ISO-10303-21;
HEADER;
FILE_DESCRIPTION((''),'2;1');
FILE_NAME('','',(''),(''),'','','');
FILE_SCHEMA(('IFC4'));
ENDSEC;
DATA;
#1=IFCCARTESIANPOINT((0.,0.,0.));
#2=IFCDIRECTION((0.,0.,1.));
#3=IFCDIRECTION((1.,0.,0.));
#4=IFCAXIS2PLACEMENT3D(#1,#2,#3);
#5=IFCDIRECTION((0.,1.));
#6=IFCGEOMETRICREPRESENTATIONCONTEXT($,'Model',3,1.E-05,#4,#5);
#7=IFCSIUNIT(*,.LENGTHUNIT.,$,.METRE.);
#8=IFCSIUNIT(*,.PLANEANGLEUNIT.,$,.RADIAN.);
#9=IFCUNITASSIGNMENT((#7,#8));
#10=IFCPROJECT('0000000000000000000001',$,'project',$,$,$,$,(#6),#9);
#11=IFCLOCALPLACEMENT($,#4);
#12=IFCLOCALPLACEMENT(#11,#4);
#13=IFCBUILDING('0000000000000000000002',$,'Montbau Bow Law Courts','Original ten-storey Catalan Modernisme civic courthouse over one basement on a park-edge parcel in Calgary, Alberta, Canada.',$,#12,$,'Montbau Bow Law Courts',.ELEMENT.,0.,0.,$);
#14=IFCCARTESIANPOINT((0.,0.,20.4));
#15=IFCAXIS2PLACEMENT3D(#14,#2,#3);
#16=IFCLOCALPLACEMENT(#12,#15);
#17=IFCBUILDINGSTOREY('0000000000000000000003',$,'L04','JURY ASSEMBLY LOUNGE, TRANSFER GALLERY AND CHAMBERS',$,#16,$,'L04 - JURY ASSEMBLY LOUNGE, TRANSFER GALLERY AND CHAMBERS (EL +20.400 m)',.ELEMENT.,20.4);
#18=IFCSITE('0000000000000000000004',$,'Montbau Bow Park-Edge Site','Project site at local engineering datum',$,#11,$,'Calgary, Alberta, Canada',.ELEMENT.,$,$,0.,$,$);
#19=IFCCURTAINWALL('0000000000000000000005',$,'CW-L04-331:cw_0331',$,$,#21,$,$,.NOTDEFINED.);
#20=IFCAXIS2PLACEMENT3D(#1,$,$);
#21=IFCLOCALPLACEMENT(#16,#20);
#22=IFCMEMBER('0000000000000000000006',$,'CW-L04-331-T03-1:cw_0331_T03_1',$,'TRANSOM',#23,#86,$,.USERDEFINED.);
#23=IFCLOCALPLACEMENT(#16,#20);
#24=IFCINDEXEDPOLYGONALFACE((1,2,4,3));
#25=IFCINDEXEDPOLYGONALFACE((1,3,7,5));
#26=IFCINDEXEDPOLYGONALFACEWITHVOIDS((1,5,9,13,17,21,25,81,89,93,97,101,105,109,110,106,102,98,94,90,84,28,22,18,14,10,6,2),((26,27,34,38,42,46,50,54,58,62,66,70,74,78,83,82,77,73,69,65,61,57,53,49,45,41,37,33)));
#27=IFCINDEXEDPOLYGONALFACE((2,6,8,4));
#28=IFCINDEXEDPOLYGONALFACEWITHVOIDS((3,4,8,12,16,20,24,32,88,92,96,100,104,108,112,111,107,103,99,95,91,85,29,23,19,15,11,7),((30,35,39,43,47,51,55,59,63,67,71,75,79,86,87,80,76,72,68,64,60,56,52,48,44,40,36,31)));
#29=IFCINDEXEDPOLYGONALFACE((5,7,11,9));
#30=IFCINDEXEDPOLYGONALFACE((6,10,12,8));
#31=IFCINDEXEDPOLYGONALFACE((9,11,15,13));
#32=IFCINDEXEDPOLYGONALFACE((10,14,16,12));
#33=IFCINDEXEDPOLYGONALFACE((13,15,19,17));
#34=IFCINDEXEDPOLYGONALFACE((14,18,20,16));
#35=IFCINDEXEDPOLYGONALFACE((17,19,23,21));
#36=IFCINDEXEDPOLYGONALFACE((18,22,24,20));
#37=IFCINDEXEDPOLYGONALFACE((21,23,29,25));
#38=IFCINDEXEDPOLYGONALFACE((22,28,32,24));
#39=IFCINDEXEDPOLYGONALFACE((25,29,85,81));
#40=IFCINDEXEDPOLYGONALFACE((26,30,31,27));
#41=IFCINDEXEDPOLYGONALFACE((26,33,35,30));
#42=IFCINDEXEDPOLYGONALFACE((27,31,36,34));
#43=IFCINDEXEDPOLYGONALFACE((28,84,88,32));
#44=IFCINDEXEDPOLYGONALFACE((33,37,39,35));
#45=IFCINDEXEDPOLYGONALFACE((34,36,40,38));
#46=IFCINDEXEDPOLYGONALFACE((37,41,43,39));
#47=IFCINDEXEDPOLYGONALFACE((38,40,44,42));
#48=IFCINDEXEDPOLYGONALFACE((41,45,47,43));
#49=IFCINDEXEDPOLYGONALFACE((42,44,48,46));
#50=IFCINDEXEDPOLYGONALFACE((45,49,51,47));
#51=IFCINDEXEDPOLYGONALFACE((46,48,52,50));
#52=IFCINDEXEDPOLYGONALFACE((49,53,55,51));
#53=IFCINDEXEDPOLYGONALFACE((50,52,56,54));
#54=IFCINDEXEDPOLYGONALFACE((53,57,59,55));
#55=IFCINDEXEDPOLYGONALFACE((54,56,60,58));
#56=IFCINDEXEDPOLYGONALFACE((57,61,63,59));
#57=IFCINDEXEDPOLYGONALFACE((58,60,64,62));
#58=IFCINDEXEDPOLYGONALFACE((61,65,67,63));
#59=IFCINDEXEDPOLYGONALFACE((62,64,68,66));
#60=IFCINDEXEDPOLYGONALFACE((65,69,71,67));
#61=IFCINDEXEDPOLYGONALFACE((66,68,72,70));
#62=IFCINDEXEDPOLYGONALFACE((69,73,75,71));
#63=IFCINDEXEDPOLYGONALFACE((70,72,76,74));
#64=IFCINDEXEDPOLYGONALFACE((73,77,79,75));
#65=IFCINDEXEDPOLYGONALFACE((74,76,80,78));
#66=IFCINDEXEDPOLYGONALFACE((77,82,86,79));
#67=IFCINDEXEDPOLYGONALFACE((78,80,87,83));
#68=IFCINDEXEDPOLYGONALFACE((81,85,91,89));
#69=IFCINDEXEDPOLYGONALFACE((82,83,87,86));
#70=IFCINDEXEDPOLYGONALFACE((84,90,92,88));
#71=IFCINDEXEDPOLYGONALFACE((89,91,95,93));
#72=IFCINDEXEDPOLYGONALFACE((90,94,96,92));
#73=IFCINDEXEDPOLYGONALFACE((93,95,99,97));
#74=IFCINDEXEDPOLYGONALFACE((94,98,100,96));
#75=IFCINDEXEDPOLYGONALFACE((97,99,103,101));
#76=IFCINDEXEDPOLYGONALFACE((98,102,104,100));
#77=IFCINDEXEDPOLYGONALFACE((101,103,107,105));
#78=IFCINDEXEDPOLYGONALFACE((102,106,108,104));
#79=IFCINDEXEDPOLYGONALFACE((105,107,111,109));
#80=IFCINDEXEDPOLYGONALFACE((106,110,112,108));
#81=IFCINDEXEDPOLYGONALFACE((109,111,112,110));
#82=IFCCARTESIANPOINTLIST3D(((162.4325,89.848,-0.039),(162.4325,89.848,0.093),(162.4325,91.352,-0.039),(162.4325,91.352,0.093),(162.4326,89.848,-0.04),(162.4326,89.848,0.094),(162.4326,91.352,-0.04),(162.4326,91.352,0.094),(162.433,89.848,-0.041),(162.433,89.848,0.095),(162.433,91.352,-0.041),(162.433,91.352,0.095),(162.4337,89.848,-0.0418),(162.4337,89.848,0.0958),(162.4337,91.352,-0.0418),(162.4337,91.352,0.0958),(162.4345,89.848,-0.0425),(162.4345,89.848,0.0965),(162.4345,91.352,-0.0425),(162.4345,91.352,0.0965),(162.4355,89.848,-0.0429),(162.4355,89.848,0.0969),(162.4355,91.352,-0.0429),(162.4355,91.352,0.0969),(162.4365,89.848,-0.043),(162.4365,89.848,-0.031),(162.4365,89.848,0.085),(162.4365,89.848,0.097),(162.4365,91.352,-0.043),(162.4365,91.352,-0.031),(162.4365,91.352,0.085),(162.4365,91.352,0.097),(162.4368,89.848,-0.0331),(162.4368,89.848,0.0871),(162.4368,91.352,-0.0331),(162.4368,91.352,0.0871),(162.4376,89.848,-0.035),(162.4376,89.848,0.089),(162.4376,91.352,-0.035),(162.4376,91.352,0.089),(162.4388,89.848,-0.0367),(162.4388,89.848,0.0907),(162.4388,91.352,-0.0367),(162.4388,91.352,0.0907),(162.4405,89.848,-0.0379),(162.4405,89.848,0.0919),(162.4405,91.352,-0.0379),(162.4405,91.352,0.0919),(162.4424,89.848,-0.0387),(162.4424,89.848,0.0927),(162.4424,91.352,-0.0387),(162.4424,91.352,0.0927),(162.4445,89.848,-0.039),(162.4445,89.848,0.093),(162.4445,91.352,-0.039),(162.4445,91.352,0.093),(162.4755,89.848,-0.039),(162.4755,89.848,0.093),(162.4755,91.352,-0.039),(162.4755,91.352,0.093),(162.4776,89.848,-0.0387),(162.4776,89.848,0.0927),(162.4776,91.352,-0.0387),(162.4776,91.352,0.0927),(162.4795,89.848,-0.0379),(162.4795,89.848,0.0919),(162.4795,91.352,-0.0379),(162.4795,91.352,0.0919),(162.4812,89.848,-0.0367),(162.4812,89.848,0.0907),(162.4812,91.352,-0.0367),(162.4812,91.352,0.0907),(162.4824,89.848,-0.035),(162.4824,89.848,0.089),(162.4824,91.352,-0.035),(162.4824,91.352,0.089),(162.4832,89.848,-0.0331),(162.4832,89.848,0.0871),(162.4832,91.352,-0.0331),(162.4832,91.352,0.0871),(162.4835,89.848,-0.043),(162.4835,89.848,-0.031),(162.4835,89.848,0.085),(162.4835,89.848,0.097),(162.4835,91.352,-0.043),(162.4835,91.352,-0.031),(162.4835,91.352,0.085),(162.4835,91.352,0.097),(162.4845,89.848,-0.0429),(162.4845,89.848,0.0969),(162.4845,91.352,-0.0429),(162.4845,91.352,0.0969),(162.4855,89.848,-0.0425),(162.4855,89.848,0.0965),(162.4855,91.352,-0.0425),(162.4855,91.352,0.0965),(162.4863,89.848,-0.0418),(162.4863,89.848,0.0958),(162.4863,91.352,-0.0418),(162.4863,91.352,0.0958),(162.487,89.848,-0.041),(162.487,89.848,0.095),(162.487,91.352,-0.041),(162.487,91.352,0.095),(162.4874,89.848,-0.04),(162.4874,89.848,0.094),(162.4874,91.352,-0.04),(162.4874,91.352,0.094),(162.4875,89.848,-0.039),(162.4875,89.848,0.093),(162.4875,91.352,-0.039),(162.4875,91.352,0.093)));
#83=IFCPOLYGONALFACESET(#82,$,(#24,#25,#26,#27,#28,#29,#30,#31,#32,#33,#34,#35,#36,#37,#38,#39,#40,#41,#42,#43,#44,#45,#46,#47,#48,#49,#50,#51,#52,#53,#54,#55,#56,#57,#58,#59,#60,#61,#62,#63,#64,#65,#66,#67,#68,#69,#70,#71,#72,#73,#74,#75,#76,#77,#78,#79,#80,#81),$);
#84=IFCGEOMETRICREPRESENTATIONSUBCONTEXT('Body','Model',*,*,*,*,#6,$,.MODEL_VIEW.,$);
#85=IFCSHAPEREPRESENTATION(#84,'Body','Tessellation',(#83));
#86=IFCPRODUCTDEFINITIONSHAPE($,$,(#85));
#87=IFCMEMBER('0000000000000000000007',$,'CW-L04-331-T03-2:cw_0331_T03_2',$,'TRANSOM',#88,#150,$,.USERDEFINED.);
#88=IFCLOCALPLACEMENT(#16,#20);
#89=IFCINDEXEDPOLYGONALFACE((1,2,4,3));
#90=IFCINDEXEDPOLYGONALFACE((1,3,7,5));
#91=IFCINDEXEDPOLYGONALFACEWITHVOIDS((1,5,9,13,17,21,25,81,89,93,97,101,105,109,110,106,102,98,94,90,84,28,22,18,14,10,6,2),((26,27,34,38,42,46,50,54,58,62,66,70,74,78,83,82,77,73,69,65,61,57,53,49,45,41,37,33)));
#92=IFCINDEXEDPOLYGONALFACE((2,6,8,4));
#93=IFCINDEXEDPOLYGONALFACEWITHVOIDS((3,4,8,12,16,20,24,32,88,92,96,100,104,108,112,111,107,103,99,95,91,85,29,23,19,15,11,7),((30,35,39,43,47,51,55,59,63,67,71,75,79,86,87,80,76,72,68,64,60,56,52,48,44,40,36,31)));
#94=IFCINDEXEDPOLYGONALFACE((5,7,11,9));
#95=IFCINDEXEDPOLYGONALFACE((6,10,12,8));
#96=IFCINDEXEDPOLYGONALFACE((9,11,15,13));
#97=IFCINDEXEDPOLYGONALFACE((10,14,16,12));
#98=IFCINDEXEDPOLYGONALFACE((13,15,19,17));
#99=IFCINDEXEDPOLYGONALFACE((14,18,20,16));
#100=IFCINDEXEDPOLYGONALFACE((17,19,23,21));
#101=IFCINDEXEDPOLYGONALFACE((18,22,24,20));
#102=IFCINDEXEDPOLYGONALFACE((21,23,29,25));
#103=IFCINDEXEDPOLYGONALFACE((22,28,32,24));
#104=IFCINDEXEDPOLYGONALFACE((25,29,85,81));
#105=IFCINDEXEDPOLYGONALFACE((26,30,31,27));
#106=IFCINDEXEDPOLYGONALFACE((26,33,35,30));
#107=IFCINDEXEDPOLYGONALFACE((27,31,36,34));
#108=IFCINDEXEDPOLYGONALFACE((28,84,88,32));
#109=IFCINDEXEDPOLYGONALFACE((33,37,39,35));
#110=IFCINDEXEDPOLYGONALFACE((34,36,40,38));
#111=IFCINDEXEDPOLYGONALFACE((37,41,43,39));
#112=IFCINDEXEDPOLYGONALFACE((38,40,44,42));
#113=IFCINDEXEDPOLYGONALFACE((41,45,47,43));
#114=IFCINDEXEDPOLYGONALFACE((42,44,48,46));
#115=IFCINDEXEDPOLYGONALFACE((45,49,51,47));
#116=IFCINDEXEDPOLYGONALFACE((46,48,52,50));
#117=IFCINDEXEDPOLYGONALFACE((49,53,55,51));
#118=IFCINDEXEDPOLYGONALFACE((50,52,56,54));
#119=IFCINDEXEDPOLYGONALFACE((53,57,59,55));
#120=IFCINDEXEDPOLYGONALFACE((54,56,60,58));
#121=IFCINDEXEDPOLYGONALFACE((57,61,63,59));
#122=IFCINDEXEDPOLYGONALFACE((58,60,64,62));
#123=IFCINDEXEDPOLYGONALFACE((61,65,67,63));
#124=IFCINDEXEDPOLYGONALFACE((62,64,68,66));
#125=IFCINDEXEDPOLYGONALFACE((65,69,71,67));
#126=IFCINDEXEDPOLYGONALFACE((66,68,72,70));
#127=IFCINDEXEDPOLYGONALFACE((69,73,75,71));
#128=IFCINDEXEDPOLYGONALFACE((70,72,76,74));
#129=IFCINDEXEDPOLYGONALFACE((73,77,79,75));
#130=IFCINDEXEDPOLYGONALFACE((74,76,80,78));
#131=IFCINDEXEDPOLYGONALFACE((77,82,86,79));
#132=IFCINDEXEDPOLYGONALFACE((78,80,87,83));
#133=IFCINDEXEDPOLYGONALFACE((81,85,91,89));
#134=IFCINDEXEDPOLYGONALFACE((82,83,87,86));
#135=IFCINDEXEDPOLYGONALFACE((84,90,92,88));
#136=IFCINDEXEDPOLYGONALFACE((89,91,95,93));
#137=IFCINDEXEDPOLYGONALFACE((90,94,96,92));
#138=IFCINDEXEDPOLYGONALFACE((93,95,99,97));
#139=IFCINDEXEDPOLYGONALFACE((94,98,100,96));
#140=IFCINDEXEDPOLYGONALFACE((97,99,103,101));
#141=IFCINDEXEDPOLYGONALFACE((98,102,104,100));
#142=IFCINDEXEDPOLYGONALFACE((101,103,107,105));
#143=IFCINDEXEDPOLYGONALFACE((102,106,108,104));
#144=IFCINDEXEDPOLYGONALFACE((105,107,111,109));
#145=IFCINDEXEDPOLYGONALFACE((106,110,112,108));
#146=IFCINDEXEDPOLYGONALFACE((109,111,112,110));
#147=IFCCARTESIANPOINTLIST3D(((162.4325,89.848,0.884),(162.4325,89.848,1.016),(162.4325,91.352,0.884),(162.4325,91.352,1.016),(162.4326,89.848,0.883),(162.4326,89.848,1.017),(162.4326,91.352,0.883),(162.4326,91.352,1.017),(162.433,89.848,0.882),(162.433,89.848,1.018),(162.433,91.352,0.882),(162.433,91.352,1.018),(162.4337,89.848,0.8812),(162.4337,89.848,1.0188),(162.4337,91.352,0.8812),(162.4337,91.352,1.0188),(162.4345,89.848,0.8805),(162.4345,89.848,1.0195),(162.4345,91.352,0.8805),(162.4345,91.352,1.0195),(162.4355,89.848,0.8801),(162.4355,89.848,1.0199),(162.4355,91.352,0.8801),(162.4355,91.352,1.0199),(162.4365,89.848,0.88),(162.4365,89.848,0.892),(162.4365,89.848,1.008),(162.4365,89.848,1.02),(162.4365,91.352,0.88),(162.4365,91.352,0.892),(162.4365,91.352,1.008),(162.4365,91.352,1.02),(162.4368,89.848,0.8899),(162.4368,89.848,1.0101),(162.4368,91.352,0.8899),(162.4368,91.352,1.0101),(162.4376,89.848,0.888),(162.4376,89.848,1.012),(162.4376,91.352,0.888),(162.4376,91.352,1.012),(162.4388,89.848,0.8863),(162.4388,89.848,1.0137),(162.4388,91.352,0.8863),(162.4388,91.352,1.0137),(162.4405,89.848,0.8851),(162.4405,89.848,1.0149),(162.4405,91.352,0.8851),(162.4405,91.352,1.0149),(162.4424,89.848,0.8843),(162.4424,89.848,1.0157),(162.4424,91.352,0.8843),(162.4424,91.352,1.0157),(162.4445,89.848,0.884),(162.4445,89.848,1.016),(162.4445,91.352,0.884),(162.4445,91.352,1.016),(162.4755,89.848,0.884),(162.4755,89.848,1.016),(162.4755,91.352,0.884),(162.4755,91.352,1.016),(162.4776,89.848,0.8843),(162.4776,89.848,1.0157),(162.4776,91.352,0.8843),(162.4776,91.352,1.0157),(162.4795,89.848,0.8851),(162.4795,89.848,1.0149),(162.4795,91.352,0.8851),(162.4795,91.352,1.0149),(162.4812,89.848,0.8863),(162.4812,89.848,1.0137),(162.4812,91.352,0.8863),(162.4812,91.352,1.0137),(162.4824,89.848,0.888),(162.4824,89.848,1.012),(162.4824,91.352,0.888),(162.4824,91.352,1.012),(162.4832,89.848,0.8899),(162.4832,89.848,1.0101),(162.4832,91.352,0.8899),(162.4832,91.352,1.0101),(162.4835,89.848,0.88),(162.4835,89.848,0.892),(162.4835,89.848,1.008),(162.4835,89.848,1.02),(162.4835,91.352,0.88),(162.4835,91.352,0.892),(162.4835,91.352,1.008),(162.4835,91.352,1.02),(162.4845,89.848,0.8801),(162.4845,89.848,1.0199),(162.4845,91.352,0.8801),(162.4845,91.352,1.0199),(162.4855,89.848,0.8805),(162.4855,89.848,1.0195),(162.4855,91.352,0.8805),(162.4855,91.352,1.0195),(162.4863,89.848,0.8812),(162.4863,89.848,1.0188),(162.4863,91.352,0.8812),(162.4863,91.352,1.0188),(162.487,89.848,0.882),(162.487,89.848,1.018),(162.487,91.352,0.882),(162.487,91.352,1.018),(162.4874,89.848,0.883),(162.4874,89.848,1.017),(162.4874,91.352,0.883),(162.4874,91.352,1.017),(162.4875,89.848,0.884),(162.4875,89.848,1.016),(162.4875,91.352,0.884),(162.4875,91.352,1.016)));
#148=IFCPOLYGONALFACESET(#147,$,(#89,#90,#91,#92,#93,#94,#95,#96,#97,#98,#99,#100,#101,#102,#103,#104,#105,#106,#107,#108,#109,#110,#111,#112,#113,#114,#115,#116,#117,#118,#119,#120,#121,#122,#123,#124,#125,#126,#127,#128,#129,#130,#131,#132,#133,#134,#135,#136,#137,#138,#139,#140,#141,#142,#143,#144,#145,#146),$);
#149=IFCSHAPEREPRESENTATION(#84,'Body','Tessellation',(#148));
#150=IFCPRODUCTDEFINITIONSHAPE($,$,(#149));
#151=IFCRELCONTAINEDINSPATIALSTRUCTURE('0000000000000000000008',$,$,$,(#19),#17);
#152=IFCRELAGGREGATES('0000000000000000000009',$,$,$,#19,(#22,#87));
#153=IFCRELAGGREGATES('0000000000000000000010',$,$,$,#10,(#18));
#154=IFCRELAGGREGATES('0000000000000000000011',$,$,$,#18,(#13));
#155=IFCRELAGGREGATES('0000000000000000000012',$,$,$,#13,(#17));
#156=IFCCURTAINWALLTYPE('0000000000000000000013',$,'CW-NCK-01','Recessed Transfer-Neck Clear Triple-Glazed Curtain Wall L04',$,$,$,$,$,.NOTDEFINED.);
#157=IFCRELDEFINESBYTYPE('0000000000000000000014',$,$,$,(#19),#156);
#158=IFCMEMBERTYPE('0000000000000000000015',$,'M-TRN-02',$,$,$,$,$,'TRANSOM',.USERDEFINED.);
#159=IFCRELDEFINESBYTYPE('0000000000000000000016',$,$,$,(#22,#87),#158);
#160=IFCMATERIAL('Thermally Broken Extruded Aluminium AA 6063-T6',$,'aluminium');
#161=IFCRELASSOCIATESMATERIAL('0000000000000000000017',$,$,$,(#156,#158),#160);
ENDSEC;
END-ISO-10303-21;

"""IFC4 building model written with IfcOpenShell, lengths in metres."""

from ifc_helpers import new_model, si_unit, direction, frame, origin_with_axes, origin_2d_with_axis, place, context, subcontext, project, spatial, hollow_rectangle, extrude, material, material_profile, profile_set, type_object, element, aggregate, save


model = new_model("IFC4")

# Units and contexts
model_context = context("Model", 3, precision=1e-05, world=origin_with_axes(), true_north=direction((0.0, 1.0)))
body_context = subcontext(model_context, "Body", "Model", "MODEL_VIEW")
ifc_project = project(units=[si_unit("LENGTHUNIT", "METRE"), si_unit("PLANEANGLEUNIT", "RADIAN")], contexts=[model_context])

# Site, building, storey
site_placement = place(None, origin_with_axes())
site = spatial("IfcSite", under=ifc_project, at=site_placement, Name="Montbau Bow Park-Edge Site", Description="Project site at local engineering datum", LongName="Calgary, Alberta, Canada", CompositionType="ELEMENT", RefElevation=0.0)
building_placement = place(site_placement, origin_with_axes())
building = spatial("IfcBuilding", under=site, at=building_placement, Name="Montbau Bow Law Courts", Description="Original ten-storey Catalan Modernisme civic courthouse over one basement on a park-edge parcel in Calgary, Alberta, Canada.", LongName="Montbau Bow Law Courts", CompositionType="ELEMENT", ElevationOfRefHeight=0.0, ElevationOfTerrain=0.0)
storey_placement = place(building_placement, frame((0.0, 0.0, 20.4), z_axis=(0.0, 0.0, 1.0), x_axis=(1.0, 0.0, 0.0)))
storey = spatial("IfcBuildingStorey", under=building, at=storey_placement, Name="L04", Description="JURY ASSEMBLY LOUNGE, TRANSFER GALLERY AND CHAMBERS", LongName="L04 - JURY ASSEMBLY LOUNGE, TRANSFER GALLERY AND CHAMBERS (EL +20.400 m)", CompositionType="ELEMENT", Elevation=20.4)

# Shared definitions
ifc_material_1 = material(Name="Thermally Broken Extruded Aluminium AA 6063-T6", Category="aluminium")
curtain_wall_type = type_object("IfcCurtainWallType", Name="CW-NCK-01", Description="Recessed Transfer-Neck Clear Triple-Glazed Curtain Wall L04", PredefinedType="NOTDEFINED", material=ifc_material_1)

# Curtain wall, members
curtain_wall_1_placement = place(None, frame((162.46, 86.668, 20.4), z_axis=(0.0, 0.0, 1.0), x_axis=(1.0, 0.0, 0.0)))
curtain_wall_1 = element("IfcCurtainWall", 1, at=curtain_wall_1_placement, inside=storey, type_object=curtain_wall_type, Name="CW-L04-331:cw_0331", PredefinedType="NOTDEFINED")
ifc_material_profile_1 = material_profile(ifc_material_1, hollow_rectangle(XDim=0.055, YDim=0.14, WallThickness=0.004, InnerFilletRadius=0.008, OuterFilletRadius=0.004, at=origin_2d_with_axis()), Name="CWT-140X55", Category="Main", Priority=0)
ifc_profile_set_1 = profile_set([ifc_material_profile_1], Name="Thermally Broken Extruded Aluminium AA 6063-T6")
member_type_1 = type_object("IfcMemberType", Name="M-TRN-02", ElementType="TRANSOM", PredefinedType="USERDEFINED", material=ifc_profile_set_1)
member_1_placement = place(None, frame((162.46, 89.848, 20.427), z_axis=(0.0, 1.0, 0.0), x_axis=(-1.0, 0.0, 0.0)))
member_1 = element("IfcMember", 2, at=member_1_placement, type_object=member_type_1, Name="CW-L04-331-T03-1:cw_0331_T03_1", ObjectType="TRANSOM", PredefinedType="USERDEFINED", context=body_context, shape_type="SweptSolid", body=[
    extrude(hollow_rectangle(XDim=0.055, YDim=0.14, WallThickness=0.004, InnerFilletRadius=0.008, OuterFilletRadius=0.004, at=origin_2d_with_axis()), origin_with_axes(), (0.0, 0.0, 1.0), 1.504),
])
member_2_placement = place(None, frame((162.46, 89.848, 21.35), z_axis=(0.0, 1.0, 0.0), x_axis=(-1.0, 0.0, 0.0)))
member_2 = element("IfcMember", 3, at=member_2_placement, type_object=member_type_1, Name="CW-L04-331-T03-2:cw_0331_T03_2", ObjectType="TRANSOM", PredefinedType="USERDEFINED", context=body_context, shape_type="SweptSolid", body=[
    extrude(hollow_rectangle(XDim=0.055, YDim=0.14, WallThickness=0.004, InnerFilletRadius=0.008, OuterFilletRadius=0.004, at=origin_2d_with_axis()), origin_with_axes(), (0.0, 0.0, 1.0), 1.504),
])
aggregate(curtain_wall_1, [member_1, member_2])

save(model, "model.ifc")
